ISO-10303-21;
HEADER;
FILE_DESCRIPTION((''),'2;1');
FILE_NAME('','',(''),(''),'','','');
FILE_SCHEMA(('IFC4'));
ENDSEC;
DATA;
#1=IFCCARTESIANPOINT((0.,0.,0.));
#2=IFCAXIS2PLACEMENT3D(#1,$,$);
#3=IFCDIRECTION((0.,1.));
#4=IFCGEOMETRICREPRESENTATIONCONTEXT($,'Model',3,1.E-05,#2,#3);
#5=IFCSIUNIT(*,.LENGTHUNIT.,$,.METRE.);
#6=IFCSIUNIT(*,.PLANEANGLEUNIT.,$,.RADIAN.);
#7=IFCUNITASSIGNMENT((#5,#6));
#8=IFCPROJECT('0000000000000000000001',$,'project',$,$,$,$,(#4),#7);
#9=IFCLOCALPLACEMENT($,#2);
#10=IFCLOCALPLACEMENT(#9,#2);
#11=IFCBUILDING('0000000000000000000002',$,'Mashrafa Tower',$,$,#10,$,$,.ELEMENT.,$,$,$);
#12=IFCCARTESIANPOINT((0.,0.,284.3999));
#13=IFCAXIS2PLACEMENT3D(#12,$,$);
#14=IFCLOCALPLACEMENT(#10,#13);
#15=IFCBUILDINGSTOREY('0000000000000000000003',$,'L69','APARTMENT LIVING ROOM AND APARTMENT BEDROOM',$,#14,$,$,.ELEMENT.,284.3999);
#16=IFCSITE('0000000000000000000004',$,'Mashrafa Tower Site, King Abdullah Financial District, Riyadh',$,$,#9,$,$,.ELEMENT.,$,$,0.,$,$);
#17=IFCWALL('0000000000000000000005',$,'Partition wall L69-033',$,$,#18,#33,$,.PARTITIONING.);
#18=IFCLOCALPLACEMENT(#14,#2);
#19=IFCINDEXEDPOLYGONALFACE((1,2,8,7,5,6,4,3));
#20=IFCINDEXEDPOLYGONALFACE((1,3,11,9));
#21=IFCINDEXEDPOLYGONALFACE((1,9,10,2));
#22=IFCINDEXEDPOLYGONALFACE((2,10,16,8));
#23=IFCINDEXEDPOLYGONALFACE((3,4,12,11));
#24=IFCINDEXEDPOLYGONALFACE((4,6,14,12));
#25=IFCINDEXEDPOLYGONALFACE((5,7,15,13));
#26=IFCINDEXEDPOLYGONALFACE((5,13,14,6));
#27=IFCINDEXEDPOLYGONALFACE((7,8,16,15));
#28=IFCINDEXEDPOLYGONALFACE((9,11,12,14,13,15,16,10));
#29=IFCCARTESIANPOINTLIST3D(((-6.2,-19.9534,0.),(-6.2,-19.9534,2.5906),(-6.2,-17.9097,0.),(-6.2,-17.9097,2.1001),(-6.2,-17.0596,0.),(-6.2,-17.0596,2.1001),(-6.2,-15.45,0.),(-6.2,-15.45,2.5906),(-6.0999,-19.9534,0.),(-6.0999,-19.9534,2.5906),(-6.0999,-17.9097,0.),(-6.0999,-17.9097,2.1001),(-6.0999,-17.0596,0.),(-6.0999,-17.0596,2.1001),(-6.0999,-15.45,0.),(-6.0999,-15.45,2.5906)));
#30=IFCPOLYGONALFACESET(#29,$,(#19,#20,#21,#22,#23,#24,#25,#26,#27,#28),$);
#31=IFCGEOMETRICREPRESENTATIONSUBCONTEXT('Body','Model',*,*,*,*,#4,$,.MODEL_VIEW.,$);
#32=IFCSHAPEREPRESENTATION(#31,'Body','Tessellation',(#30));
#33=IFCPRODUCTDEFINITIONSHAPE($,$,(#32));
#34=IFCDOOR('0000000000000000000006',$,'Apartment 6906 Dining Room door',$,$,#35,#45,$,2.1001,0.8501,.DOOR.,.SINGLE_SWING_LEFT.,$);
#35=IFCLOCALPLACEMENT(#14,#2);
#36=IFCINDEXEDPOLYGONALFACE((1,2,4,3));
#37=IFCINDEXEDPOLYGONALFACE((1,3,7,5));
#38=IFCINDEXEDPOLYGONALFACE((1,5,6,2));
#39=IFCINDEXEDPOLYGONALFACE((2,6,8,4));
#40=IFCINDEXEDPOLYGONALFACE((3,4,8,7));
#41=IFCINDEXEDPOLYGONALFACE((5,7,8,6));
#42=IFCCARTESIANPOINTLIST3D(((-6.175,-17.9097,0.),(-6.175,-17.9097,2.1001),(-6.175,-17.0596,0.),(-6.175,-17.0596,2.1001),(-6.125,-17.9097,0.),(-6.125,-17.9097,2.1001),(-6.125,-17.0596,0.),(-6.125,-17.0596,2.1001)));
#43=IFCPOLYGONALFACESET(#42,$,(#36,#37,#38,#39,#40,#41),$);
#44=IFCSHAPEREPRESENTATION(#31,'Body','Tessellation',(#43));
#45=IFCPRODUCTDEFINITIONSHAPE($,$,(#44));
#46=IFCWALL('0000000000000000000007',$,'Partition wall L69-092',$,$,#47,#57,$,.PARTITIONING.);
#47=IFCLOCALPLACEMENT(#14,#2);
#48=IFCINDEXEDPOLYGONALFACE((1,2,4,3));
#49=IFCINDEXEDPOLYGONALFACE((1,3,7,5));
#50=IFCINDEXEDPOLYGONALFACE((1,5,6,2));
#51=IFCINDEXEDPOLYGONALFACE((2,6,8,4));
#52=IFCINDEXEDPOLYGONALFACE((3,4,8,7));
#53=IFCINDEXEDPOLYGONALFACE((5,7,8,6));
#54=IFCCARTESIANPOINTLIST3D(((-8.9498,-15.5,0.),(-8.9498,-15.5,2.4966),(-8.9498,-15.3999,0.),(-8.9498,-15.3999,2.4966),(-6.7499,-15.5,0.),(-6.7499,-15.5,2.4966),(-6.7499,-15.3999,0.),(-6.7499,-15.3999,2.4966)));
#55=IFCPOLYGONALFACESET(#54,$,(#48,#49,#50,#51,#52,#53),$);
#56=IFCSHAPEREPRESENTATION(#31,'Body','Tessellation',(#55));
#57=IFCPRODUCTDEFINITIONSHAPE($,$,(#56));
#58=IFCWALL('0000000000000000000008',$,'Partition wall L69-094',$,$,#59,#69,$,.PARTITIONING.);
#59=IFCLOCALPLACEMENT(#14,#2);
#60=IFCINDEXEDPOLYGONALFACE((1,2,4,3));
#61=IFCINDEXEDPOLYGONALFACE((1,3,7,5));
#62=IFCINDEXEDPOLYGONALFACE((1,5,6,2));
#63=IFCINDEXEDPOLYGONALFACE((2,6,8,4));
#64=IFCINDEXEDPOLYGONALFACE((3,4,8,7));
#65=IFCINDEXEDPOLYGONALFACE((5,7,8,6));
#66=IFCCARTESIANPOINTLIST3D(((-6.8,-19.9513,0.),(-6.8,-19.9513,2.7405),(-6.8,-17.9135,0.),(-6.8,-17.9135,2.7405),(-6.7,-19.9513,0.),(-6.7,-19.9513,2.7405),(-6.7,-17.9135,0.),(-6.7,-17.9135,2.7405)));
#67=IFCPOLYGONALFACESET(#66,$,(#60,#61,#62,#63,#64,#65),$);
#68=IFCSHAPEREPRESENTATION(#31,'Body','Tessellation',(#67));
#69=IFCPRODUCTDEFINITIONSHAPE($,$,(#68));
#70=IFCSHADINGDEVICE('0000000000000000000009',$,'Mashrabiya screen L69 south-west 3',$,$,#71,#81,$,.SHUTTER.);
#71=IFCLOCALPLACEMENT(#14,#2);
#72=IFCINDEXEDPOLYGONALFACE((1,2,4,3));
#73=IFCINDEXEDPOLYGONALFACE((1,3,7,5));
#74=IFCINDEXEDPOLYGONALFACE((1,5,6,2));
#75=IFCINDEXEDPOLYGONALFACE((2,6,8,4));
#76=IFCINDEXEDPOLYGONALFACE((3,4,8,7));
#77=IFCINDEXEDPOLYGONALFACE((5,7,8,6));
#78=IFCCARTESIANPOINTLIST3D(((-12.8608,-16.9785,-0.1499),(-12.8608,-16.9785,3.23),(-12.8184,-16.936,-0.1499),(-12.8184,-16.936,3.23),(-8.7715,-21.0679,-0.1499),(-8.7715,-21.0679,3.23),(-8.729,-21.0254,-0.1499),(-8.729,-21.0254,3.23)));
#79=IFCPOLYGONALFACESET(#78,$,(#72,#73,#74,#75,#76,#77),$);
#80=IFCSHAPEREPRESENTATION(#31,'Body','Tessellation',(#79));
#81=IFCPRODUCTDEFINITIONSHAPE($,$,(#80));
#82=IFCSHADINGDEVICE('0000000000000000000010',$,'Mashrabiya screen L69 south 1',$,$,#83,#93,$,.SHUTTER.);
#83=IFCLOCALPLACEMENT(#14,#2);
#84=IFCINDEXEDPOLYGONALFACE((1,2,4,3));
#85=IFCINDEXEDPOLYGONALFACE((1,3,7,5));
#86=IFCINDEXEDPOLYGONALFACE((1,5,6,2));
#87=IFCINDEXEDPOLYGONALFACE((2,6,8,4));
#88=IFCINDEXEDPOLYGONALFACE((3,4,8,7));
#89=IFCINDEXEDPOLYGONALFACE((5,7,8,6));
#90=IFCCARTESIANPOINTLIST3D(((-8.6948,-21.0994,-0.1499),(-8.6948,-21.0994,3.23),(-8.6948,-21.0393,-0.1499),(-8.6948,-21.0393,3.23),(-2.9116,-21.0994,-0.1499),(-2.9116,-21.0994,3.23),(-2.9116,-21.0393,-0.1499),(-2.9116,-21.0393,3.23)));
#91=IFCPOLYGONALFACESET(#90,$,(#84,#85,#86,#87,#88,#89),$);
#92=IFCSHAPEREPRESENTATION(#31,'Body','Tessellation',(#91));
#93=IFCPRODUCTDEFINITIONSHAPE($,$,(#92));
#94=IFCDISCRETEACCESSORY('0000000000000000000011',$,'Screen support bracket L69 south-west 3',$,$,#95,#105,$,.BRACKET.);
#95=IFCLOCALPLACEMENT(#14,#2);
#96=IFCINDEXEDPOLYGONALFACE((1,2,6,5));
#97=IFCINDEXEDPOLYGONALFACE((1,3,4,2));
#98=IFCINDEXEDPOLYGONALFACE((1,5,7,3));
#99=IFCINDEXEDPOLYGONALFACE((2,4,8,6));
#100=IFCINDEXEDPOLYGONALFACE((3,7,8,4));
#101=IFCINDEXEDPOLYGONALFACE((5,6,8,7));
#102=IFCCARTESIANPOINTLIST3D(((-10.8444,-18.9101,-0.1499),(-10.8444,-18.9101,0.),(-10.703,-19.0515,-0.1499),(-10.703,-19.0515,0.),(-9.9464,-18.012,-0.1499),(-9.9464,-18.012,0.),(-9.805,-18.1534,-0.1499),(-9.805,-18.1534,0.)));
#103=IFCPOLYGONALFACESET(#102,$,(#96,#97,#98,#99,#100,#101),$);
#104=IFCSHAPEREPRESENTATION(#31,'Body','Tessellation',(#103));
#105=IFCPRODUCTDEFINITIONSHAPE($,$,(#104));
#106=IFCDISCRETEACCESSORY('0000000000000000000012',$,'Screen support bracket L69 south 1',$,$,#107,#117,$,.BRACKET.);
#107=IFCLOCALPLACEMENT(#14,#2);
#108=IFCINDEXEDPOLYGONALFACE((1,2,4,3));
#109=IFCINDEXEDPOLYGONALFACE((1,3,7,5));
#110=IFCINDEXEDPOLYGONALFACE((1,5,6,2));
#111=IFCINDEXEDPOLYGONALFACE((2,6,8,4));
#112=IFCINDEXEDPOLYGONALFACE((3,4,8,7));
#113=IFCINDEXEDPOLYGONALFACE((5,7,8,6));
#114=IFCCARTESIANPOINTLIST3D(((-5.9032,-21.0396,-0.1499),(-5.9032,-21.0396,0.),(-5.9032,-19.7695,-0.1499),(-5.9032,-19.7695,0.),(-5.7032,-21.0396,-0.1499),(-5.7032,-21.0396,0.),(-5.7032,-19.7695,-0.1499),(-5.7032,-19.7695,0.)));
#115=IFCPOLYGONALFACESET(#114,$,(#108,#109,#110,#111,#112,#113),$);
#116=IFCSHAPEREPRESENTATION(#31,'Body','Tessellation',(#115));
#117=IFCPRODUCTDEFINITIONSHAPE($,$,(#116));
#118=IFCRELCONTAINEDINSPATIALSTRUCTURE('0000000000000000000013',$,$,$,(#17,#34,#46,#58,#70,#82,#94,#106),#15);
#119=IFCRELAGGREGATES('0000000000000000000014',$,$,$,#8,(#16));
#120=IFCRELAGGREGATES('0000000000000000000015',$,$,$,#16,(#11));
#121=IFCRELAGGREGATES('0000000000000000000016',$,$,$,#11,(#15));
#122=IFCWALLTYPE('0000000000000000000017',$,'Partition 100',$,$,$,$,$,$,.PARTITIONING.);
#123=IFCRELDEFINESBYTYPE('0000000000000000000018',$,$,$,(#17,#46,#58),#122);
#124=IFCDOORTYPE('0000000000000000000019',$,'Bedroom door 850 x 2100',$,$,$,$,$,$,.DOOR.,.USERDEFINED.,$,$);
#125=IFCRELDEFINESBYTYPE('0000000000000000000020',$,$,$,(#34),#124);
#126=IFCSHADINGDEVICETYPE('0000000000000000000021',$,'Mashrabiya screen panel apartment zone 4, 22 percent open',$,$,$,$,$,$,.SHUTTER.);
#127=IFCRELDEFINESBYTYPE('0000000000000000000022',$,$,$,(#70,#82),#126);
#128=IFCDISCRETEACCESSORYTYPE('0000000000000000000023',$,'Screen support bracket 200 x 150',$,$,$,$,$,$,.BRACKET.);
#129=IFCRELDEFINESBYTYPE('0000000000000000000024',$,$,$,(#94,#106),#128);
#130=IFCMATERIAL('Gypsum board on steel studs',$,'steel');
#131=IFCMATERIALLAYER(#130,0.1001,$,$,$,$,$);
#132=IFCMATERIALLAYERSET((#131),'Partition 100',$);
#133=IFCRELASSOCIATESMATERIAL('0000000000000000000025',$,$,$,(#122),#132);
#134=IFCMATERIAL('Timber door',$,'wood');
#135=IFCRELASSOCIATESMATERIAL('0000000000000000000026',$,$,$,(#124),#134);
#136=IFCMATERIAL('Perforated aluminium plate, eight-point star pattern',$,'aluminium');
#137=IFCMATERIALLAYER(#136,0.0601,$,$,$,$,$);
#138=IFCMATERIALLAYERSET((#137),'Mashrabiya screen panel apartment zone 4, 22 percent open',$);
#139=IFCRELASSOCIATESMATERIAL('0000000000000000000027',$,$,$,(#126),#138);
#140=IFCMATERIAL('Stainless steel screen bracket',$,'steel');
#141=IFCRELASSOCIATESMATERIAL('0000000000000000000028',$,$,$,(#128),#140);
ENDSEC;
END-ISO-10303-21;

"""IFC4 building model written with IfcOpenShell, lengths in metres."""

from ifc_helpers import new_model, si_unit, direction, frame, frame_2d, origin, origin_2d, place, context, subcontext, project, spatial, rectangle, extrude, source, transform, mapped, material, layer, layer_set, type_object, type_shapes, element, fill, save


model = new_model("IFC4")

# Units and contexts
model_context = context("Model", 3, precision=1e-05, world=origin(), true_north=direction((0.0, 1.0)))
body_context = subcontext(model_context, "Body", "Model", "MODEL_VIEW")
ifc_project = project(units=[si_unit("LENGTHUNIT", "METRE"), si_unit("PLANEANGLEUNIT", "RADIAN")], contexts=[model_context])

# Site, building, storey
site_placement = place(None, origin())
site = spatial("IfcSite", under=ifc_project, at=site_placement, Name="Mashrafa Tower Site, King Abdullah Financial District, Riyadh", CompositionType="ELEMENT", RefElevation=0.0)
building_placement = place(site_placement, origin())
building = spatial("IfcBuilding", under=site, at=building_placement, Name="Mashrafa Tower", CompositionType="ELEMENT")
storey_placement = place(building_placement, frame((0.0, 0.0, 284.3999)))
storey = spatial("IfcBuildingStorey", under=building, at=storey_placement, Name="L69", Description="APARTMENT LIVING ROOM AND APARTMENT BEDROOM", CompositionType="ELEMENT", Elevation=284.3999)

# Shared definitions
ifc_material_1 = material(Name="Gypsum board on steel studs", Category="steel")
ifc_layer_1 = layer(ifc_material_1, 0.1001)
ifc_layer_set_1 = layer_set([ifc_layer_1], Name="Partition 100")
wall_type = type_object("IfcWallType", Name="Partition 100", PredefinedType="PARTITIONING", material=ifc_layer_set_1)

# Wall, opening, door
wall_1_placement = place(storey_placement, frame((-6.1499, -15.45, 0.0), z_axis=(0.0, 0.0, 1.0), x_axis=(0.0, -1.0, 0.0)))
wall_1 = element("IfcWall", 1, at=wall_1_placement, inside=storey, type_object=wall_type, Name="Partition wall L69-033", PredefinedType="PARTITIONING", context=body_context, shape_type="SweptSolid", body=[
    extrude(rectangle(XDim=4.5034, YDim=0.1001, at=frame_2d((2.2517, 0.0))), origin(), (0.0, 0.0, 1.0), 2.5906),
])
opening_placement = place(wall_1_placement, frame((1.6096, 0.0, 0.0)))
opening = element("IfcOpeningElement", 2, at=opening_placement, cuts=wall_1, PredefinedType="OPENING", context=body_context, shape_type="SweptSolid", body=[
    extrude(rectangle(XDim=0.8501, YDim=2.1001, at=frame_2d((0.425, 1.05))), frame((0.0, 0.0601, 0.0), z_axis=(0.0, -1.0, 0.0), x_axis=(1.0, 0.0, 0.0)), (0.0, 0.0, 1.0), 0.1201),
])
ifc_material_2 = material(Name="Timber door", Category="wood")
door_type = type_object("IfcDoorType", Name="Bedroom door 850 x 2100", OperationType="USERDEFINED", PredefinedType="DOOR", material=ifc_material_2)
door_placement = place(opening_placement, origin())
door = element("IfcDoor", 3, at=door_placement, inside=storey, type_object=door_type, Name="Apartment 6906 Dining Room door", OperationType="SINGLE_SWING_LEFT", OverallHeight=2.1001, OverallWidth=0.8501, PredefinedType="DOOR", context=body_context, shape_type="SweptSolid", body=[
    extrude(rectangle(XDim=0.8501, YDim=2.1001, at=frame_2d((0.425, 1.05))), frame((0.0, 0.0249, 0.0), z_axis=(0.0, -1.0, 0.0), x_axis=(1.0, 0.0, 0.0)), (0.0, 0.0, 1.0), 0.05),
])
fill(opening, door)

# Walls
wall_2_placement = place(storey_placement, frame((-8.95, -15.45, 0.0), z_axis=(0.0, 0.0, 1.0), x_axis=(1.0, 0.0, 0.0)))
element("IfcWall", 4, at=wall_2_placement, inside=storey, type_object=wall_type, Name="Partition wall L69-092", PredefinedType="PARTITIONING", context=body_context, shape_type="SweptSolid", body=[
    extrude(rectangle(XDim=2.2, YDim=0.1001, at=frame_2d((1.1001, 0.0))), origin(), (0.0, 0.0, 1.0), 2.4966),
])
wall_3_placement = place(storey_placement, frame((-6.75, -19.9514, 0.0), z_axis=(0.0, 0.0, 1.0), x_axis=(0.0, 1.0, 0.0)))
element("IfcWall", 5, at=wall_3_placement, inside=storey, type_object=wall_type, Name="Partition wall L69-094", PredefinedType="PARTITIONING", context=body_context, shape_type="SweptSolid", body=[
    extrude(rectangle(XDim=2.0378, YDim=0.1001, at=frame_2d((1.019, 0.0))), origin(), (0.0, 0.0, 1.0), 2.7405),
])

# Shading devices
ifc_material_3 = material(Name="Perforated aluminium plate, eight-point star pattern", Category="aluminium")
ifc_layer_2 = layer(ifc_material_3, 0.0601)
ifc_layer_set_2 = layer_set([ifc_layer_2], Name="Mashrabiya screen panel apartment zone 4, 22 percent open")
shading_device_type = type_object("IfcShadingDeviceType", Name="Mashrabiya screen panel apartment zone 4, 22 percent open", PredefinedType="SHUTTER", material=ifc_layer_set_2)
shared_shape_1 = source(origin(), body_context, "Body", "SweptSolid", [
    extrude(rectangle(XDim=5.7832, YDim=0.0601, at=origin_2d()), origin(), (0.0, 0.0, 1.0), 3.3799),
])
type_shapes(shading_device_type, [shared_shape_1])
for number, where, z_axis, x_axis, name in (
    (6, (-10.7949, -19.002, -0.1499), (0.0, 0.0, 1.0), (0.707107, -0.707107, 0.0), "Mashrabiya screen L69 south-west 3"),
    (7, (-5.8032, -21.0693, -0.1499), (0.0, 0.0, 1.0), (1.0, 0.0, 0.0), "Mashrabiya screen L69 south 1"),
):
    element("IfcShadingDevice", number, at=place(storey_placement, frame(where, z_axis=z_axis, x_axis=x_axis)), inside=storey, type_object=shading_device_type, Name=name, PredefinedType="SHUTTER", context=body_context, shape_type="MappedRepresentation", body=[
        mapped(shared_shape_1, transform((0.0, 0.0, 0.0))),
    ])

# Discrete accessories
ifc_material_4 = material(Name="Stainless steel screen bracket", Category="steel")
discrete_accessory_type = type_object("IfcDiscreteAccessoryType", Name="Screen support bracket 200 x 150", PredefinedType="BRACKET", material=ifc_material_4)
shared_shape_2 = source(origin(), body_context, "Body", "SweptSolid", [
    extrude(rectangle(XDim=0.2, YDim=1.27, at=origin_2d()), origin(), (0.0, 0.0, 1.0), 0.1499),
])
type_shapes(discrete_accessory_type, [shared_shape_2])
for number, where, z_axis, x_axis, name in (
    (8, (-10.3247, -18.5317, -0.1499), (0.0, 0.0, 1.0), (0.707107, -0.707107, 0.0), "Screen support bracket L69 south-west 3"),
    (9, (-5.8032, -20.4045, -0.1499), (0.0, 0.0, 1.0), (1.0, 0.0, 0.0), "Screen support bracket L69 south 1"),
):
    element("IfcDiscreteAccessory", number, at=place(storey_placement, frame(where, z_axis=z_axis, x_axis=x_axis)), inside=storey, type_object=discrete_accessory_type, Name=name, PredefinedType="BRACKET", context=body_context, shape_type="MappedRepresentation", body=[
        mapped(shared_shape_2, transform((0.0, 0.0, 0.0))),
    ])

save(model, "model.ifc")
